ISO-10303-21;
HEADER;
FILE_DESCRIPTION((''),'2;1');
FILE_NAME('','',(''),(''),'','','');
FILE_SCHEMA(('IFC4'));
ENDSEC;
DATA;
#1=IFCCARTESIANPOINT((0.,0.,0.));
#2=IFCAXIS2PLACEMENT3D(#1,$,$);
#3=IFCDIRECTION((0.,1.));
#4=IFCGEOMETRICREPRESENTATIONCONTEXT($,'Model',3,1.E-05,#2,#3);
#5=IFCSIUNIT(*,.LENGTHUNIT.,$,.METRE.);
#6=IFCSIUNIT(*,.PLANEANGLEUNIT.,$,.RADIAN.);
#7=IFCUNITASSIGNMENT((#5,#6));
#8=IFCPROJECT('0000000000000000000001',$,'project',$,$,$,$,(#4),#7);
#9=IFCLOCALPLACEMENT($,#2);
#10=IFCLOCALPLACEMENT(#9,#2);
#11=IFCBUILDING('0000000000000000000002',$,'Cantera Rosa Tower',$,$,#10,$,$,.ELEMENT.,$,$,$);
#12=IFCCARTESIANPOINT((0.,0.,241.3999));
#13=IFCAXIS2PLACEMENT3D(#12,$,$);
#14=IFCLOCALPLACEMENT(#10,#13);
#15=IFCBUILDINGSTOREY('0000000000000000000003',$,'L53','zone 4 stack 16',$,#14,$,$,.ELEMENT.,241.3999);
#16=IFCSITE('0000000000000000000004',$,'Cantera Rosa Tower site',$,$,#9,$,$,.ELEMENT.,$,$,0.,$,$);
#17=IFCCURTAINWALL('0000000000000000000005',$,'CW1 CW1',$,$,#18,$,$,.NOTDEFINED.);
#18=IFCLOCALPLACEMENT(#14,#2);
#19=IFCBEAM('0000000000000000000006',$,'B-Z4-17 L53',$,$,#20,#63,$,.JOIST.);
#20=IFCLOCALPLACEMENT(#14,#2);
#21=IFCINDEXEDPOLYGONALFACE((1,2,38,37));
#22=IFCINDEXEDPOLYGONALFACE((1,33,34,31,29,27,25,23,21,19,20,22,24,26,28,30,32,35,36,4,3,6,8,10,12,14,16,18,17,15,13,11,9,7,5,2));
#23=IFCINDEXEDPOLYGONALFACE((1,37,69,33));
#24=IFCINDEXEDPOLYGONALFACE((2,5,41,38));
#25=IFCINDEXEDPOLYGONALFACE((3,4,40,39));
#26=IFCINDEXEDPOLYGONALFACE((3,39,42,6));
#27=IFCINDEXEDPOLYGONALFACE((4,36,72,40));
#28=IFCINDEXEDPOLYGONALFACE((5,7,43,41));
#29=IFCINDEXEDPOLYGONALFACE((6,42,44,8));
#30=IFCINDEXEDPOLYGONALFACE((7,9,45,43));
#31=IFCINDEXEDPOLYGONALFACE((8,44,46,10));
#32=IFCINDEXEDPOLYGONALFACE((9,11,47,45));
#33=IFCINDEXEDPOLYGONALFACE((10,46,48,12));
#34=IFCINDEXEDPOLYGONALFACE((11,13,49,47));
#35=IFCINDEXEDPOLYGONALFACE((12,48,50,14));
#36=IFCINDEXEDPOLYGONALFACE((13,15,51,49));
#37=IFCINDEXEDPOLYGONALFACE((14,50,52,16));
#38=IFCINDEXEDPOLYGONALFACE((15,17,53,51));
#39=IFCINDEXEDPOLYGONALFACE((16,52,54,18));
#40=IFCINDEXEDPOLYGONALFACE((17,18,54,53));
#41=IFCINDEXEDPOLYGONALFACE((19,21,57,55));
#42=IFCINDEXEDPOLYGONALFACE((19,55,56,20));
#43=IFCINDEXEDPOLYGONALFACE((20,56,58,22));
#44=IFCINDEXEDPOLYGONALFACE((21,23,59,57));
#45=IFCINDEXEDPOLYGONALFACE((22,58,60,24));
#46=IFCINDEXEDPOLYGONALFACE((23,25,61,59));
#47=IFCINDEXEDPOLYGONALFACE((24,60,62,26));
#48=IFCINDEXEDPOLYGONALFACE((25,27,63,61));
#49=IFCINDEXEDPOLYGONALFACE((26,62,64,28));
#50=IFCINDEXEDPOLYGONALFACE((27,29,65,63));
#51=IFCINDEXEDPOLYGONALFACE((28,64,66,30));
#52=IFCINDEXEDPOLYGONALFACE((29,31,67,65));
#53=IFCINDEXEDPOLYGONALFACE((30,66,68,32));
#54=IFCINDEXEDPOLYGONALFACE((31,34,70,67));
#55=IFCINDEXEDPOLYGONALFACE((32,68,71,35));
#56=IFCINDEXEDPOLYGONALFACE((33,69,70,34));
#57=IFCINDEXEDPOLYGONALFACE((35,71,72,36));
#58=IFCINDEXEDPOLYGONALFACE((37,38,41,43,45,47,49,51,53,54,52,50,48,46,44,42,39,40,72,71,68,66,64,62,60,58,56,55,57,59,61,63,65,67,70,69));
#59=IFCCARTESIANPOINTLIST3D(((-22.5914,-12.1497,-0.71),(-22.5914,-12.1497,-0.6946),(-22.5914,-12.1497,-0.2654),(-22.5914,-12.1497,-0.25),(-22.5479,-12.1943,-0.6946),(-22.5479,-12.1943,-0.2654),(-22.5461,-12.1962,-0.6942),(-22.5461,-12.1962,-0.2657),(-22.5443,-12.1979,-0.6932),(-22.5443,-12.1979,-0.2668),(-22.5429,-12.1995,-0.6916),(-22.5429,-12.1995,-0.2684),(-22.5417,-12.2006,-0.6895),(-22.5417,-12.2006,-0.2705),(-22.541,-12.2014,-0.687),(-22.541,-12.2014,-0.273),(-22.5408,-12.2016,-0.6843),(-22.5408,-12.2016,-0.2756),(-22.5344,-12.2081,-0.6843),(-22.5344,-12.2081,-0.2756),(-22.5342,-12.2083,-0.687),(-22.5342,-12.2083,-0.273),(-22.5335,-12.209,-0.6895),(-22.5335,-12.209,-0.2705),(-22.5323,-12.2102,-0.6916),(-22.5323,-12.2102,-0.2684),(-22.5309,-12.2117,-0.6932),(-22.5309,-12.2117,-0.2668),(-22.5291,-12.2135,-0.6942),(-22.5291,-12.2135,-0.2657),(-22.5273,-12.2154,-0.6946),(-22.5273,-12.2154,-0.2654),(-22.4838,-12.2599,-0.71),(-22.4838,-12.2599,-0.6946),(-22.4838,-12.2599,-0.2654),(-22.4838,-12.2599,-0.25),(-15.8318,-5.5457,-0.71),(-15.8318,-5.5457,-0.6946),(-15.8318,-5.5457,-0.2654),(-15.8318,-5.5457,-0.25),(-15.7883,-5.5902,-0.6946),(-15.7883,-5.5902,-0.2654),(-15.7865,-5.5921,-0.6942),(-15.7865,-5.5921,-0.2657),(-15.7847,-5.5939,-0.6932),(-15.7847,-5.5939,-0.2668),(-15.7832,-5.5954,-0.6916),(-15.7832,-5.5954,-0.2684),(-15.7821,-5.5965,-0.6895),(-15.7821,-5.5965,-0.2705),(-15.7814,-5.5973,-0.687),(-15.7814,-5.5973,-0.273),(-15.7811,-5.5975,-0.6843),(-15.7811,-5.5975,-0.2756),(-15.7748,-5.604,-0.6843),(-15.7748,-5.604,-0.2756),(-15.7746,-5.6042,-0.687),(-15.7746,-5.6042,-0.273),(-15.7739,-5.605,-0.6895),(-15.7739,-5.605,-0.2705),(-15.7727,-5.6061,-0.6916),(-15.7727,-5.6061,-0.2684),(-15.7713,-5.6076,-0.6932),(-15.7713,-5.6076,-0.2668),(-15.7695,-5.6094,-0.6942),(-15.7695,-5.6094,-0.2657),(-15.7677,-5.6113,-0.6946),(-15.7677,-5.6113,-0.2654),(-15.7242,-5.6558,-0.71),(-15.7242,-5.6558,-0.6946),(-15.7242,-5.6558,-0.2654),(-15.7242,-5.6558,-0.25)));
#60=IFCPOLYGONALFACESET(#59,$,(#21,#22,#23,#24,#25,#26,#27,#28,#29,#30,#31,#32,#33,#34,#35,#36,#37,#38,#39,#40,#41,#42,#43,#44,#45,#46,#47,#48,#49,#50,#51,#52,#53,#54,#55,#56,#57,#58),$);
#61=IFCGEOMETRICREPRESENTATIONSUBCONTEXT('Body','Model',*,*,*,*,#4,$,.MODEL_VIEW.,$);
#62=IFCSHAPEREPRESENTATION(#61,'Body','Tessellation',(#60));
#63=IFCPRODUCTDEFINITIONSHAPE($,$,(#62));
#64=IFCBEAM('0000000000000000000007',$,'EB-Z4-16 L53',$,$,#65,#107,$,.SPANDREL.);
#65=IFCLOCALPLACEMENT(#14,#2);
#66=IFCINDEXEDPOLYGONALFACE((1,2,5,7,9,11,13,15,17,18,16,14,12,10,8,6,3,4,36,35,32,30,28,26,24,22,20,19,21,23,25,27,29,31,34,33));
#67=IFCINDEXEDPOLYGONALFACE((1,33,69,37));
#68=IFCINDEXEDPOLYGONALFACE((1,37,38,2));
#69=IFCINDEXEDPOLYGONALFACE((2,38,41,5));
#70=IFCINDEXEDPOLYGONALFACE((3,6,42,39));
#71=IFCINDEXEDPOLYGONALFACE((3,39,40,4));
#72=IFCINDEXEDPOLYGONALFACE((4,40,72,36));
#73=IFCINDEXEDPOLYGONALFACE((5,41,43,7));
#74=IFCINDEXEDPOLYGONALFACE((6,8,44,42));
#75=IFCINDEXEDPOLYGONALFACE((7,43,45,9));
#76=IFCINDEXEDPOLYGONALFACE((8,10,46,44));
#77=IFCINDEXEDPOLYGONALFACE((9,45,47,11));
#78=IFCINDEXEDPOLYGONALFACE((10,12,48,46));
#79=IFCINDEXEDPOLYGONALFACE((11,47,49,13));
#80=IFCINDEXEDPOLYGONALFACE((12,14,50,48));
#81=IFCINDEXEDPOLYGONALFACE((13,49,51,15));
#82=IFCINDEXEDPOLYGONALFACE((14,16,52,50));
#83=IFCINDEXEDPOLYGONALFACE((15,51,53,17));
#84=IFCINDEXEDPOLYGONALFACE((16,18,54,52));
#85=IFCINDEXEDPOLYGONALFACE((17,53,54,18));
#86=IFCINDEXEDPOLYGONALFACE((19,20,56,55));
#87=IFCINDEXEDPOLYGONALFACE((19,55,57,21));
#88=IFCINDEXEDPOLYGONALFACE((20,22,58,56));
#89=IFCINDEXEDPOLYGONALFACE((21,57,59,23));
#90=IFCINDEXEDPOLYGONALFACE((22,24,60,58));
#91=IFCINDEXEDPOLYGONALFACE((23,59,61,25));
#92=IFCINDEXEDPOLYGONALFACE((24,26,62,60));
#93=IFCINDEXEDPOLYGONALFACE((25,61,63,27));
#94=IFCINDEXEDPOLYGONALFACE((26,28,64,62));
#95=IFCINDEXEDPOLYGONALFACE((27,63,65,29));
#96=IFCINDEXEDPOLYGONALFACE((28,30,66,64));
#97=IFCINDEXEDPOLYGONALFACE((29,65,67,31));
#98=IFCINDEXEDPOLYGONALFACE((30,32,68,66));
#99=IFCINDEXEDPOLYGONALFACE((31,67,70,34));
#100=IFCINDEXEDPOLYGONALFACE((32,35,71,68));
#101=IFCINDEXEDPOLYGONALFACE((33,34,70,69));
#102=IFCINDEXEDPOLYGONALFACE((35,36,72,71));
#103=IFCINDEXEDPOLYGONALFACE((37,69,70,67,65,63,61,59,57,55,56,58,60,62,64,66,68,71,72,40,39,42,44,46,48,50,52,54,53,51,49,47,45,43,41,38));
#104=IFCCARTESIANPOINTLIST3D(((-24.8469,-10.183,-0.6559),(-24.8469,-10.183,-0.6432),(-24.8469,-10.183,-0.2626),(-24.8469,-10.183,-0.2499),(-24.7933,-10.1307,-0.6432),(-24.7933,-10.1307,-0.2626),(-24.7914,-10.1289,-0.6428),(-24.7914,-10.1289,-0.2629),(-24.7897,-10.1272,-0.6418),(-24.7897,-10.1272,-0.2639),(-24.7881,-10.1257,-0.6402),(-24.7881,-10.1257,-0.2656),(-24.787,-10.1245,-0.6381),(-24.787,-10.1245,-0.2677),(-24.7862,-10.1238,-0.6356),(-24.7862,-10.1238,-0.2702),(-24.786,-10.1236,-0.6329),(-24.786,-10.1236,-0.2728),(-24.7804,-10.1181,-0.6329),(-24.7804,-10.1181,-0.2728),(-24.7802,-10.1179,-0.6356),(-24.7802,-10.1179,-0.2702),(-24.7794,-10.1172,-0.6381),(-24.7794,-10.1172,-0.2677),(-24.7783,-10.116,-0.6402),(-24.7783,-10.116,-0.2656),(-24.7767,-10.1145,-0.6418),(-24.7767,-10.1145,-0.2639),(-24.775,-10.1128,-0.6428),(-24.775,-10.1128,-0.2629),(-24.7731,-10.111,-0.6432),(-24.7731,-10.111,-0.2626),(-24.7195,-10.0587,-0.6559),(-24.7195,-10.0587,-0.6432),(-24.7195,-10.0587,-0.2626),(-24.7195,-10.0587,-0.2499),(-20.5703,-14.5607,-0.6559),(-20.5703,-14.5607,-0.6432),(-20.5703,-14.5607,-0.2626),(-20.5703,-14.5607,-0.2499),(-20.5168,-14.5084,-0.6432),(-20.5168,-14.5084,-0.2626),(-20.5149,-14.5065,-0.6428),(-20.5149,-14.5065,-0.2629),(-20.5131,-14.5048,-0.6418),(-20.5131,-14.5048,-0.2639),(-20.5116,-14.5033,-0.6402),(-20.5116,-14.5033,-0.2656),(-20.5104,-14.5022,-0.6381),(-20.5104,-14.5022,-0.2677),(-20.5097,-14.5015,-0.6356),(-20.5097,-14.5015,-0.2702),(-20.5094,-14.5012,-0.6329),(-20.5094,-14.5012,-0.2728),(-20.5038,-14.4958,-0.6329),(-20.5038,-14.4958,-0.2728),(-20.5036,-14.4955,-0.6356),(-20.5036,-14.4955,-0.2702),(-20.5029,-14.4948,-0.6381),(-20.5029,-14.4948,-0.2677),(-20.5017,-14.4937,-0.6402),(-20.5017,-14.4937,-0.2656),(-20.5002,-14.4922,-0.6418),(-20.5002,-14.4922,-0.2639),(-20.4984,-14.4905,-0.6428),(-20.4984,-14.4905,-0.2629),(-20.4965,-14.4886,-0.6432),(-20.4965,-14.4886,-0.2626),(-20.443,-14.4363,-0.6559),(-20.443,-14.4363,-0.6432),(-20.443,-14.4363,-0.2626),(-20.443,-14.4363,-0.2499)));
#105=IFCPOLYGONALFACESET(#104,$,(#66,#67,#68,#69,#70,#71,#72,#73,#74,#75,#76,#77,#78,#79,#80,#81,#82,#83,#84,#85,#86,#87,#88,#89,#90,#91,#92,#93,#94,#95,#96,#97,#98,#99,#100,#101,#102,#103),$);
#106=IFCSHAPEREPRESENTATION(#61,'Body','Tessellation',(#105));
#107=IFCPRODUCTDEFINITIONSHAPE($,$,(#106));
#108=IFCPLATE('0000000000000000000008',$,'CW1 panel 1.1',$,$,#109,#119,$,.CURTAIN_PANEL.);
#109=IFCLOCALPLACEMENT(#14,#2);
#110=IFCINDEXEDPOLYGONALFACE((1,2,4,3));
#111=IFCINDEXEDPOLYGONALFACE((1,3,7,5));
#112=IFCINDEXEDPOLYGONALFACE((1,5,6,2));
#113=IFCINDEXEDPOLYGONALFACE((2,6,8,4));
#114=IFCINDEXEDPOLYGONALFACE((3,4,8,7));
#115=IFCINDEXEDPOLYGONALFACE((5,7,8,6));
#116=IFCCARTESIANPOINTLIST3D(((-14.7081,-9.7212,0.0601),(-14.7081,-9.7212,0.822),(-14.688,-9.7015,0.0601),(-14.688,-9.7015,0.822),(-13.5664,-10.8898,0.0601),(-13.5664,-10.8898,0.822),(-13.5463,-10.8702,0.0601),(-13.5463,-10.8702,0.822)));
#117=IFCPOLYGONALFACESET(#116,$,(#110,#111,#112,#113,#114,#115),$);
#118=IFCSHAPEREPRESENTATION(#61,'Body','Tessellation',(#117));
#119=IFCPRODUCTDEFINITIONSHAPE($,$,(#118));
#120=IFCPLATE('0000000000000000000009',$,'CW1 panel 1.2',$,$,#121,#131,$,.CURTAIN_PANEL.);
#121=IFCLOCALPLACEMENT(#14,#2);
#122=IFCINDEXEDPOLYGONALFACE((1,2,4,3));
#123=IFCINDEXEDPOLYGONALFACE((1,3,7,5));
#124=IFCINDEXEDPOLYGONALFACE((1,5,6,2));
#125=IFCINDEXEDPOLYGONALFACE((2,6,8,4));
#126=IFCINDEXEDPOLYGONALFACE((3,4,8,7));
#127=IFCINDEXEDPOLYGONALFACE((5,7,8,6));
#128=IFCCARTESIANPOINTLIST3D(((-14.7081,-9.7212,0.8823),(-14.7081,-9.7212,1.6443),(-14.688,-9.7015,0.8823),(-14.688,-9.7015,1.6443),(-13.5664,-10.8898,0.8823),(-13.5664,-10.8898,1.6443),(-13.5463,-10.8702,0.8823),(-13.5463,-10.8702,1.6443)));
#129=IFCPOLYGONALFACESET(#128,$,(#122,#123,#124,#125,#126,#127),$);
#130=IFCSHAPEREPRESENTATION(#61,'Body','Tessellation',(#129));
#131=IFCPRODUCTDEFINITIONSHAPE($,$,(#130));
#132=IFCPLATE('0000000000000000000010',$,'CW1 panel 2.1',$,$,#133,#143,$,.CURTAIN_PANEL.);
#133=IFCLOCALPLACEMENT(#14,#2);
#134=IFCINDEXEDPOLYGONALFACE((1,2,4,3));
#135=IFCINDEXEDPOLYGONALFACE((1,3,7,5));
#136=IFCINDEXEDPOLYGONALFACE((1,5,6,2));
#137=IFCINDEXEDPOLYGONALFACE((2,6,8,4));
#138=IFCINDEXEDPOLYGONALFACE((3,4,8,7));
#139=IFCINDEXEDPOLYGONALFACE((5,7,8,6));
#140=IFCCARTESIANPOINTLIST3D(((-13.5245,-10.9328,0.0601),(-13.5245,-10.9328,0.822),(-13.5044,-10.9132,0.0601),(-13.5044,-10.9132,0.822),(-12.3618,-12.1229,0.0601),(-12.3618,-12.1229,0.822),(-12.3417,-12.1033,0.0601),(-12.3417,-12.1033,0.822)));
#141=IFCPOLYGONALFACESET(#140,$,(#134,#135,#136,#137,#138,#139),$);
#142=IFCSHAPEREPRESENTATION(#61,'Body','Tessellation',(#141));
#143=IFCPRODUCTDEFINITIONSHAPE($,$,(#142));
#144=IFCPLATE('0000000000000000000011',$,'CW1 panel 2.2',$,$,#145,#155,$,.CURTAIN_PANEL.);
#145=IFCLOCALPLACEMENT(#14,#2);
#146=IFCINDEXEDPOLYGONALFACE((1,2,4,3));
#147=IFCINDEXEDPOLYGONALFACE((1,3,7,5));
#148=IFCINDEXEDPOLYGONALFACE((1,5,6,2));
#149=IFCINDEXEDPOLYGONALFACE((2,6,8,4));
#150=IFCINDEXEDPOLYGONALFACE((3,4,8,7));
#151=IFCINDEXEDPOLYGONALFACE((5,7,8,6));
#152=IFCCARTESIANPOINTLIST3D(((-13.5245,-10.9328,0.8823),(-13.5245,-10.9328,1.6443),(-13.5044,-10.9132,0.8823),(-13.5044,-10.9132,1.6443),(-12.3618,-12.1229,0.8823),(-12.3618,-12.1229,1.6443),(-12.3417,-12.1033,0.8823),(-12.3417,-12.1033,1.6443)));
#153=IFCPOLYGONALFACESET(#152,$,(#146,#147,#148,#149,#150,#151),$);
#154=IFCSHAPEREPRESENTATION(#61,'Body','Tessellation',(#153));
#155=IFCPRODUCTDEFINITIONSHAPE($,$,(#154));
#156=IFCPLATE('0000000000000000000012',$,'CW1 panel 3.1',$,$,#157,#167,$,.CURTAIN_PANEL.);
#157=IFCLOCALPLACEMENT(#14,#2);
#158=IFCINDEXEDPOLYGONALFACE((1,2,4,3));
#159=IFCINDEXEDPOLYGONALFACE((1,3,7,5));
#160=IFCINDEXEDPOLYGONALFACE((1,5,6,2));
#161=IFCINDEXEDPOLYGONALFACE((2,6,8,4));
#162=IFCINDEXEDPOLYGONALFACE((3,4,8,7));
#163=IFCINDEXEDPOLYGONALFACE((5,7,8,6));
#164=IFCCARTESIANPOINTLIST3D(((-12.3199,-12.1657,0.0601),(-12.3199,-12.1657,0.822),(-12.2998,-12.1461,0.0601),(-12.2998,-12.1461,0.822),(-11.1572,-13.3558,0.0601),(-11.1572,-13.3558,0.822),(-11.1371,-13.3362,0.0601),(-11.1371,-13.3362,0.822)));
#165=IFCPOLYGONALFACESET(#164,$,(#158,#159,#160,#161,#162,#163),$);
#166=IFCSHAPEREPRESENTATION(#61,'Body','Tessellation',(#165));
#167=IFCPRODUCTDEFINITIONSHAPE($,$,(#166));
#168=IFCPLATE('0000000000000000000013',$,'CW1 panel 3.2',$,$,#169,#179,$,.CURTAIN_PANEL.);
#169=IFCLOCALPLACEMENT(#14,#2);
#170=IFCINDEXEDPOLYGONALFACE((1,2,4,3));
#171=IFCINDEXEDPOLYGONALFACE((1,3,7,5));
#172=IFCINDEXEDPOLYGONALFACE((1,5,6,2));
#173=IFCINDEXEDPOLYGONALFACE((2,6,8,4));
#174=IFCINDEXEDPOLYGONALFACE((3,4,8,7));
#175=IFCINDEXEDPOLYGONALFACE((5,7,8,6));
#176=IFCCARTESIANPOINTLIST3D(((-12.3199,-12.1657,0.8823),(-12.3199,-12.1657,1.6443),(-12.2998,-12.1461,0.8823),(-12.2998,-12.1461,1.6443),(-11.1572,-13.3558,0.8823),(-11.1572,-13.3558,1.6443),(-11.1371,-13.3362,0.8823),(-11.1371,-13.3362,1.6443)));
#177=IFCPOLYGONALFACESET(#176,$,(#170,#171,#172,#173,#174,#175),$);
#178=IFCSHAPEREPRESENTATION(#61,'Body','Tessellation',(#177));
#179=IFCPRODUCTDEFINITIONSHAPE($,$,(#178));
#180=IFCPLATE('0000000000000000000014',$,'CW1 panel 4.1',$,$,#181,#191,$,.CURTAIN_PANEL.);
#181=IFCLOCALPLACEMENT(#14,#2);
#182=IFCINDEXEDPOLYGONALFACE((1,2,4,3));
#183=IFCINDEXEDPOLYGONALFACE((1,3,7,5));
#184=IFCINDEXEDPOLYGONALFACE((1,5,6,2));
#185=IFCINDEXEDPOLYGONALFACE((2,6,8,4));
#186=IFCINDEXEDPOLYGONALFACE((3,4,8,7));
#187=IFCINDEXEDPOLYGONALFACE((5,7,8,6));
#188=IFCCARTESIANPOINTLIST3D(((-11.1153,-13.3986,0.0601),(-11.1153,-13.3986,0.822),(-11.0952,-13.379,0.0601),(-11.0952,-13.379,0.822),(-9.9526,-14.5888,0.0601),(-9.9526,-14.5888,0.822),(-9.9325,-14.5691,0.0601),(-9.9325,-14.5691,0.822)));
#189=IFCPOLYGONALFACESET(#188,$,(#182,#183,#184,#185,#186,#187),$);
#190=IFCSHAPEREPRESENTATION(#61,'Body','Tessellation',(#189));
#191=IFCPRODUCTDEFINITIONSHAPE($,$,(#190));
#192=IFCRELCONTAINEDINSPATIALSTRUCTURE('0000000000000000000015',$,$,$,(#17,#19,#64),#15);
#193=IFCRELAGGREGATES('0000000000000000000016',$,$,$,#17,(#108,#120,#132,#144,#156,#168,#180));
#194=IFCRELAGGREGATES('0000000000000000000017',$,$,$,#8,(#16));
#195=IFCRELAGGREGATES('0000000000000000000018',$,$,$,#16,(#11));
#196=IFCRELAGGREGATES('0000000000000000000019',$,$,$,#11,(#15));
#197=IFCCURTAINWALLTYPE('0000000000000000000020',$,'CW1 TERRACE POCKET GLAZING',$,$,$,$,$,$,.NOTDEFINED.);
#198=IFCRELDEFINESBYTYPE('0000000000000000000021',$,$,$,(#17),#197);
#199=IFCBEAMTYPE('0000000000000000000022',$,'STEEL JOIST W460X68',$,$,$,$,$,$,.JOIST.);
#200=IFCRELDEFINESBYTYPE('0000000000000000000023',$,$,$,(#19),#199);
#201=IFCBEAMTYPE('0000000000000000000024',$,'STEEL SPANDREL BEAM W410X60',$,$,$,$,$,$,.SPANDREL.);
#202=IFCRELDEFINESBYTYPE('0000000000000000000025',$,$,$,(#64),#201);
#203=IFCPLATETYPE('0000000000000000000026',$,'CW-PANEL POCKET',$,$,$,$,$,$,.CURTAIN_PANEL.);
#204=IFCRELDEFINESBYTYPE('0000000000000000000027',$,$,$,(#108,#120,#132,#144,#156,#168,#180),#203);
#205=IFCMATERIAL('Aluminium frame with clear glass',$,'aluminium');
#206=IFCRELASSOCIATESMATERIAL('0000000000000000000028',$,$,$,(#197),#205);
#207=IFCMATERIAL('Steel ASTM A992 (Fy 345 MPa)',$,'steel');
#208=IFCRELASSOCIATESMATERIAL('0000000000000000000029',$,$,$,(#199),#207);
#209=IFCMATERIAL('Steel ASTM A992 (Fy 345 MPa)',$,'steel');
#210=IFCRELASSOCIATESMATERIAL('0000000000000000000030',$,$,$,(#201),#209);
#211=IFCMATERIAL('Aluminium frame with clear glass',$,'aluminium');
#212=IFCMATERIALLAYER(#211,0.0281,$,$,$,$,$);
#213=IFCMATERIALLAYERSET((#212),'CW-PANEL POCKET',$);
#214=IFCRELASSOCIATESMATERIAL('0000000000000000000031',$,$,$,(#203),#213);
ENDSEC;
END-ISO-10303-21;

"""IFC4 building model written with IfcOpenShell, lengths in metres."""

from ifc_helpers import new_model, si_unit, direction, frame, origin, origin_2d, place, context, subcontext, project, spatial, rectangle, i_section, extrude, material, layer, layer_set, material_profile, profile_set, type_object, element, aggregate, save


model = new_model("IFC4")

# Units and contexts
model_context = context("Model", 3, precision=1e-05, world=origin(), true_north=direction((0.0, 1.0)))
body_context = subcontext(model_context, "Body", "Model", "MODEL_VIEW")
ifc_project = project(units=[si_unit("LENGTHUNIT", "METRE"), si_unit("PLANEANGLEUNIT", "RADIAN")], contexts=[model_context])

# Site, building, storey
site_placement = place(None, origin())
site = spatial("IfcSite", under=ifc_project, at=site_placement, Name="Cantera Rosa Tower site", CompositionType="ELEMENT", RefElevation=0.0)
building_placement = place(site_placement, origin())
building = spatial("IfcBuilding", under=site, at=building_placement, Name="Cantera Rosa Tower", CompositionType="ELEMENT")
storey_placement = place(building_placement, frame((0.0, 0.0, 241.3999)))
storey = spatial("IfcBuildingStorey", under=building, at=storey_placement, Name="L53", Description="zone 4 stack 16", CompositionType="ELEMENT", Elevation=241.3999)

# Curtain wall
ifc_material_1 = material(Name="Aluminium frame with clear glass", Category="aluminium")
curtain_wall_type = type_object("IfcCurtainWallType", Name="CW1 TERRACE POCKET GLAZING", PredefinedType="NOTDEFINED", material=ifc_material_1)
curtain_wall_placement = place(storey_placement, origin())
curtain_wall = element("IfcCurtainWall", 1, at=curtain_wall_placement, inside=storey, type_object=curtain_wall_type, Name="CW1 CW1", PredefinedType="NOTDEFINED")

# Beams
ifc_material_2 = material(Name="Steel ASTM A992 (Fy 345 MPa)", Category="steel")
ifc_material_profile_1 = material_profile(ifc_material_2, i_section(OverallWidth=0.1541, OverallDepth=0.46, WebThickness=0.009, FlangeThickness=0.0154, FilletRadius=0.0103, at=origin_2d()), Name="W460X68")
ifc_profile_set_1 = profile_set([ifc_material_profile_1], Name="Steel ASTM A992 (Fy 345 MPa)")
beam_type_1 = type_object("IfcBeamType", Name="STEEL JOIST W460X68", PredefinedType="JOIST", material=ifc_profile_set_1)
beam_1_placement = place(storey_placement, frame((-22.5376, -12.2048, -0.48), z_axis=(0.715287, 0.698831, 0.0), x_axis=(-0.698831, 0.715287, 0.0)))
element("IfcBeam", 2, at=beam_1_placement, inside=storey, type_object=beam_type_1, Name="B-Z4-17 L53", PredefinedType="JOIST", context=body_context, shape_type="SweptSolid", body=[
    extrude(i_section(OverallWidth=0.1541, OverallDepth=0.46, WebThickness=0.009, FlangeThickness=0.0154, FilletRadius=0.0103, at=origin_2d()), origin(), (0.0, 0.0, 1.0), 9.4502),
])
ifc_material_3 = material(Name="Steel ASTM A992 (Fy 345 MPa)", Category="steel")
ifc_material_profile_2 = material_profile(ifc_material_3, i_section(OverallWidth=0.178, OverallDepth=0.406, WebThickness=0.0078, FlangeThickness=0.0127, FilletRadius=0.0103, at=origin_2d()), Name="W410X60")
ifc_profile_set_2 = profile_set([ifc_material_profile_2], Name="Steel ASTM A992 (Fy 345 MPa)")
beam_type_2 = type_object("IfcBeamType", Name="STEEL SPANDREL BEAM W410X60", PredefinedType="SPANDREL", material=ifc_profile_set_2)
beam_2_placement = place(storey_placement, frame((-24.7832, -10.1208, -0.4529), z_axis=(0.698801, -0.715316, 0.0), x_axis=(0.715316, 0.698801, 0.0)))
element("IfcBeam", 3, at=beam_2_placement, inside=storey, type_object=beam_type_2, Name="EB-Z4-16 L53", PredefinedType="SPANDREL", context=body_context, shape_type="SweptSolid", body=[
    extrude(i_section(OverallWidth=0.178, OverallDepth=0.406, WebThickness=0.0078, FlangeThickness=0.0127, FilletRadius=0.0103, at=origin_2d()), origin(), (0.0, 0.0, 1.0), 6.1199),
])

# Plates
ifc_material_4 = material(Name="Aluminium frame with clear glass", Category="aluminium")
ifc_layer_1 = layer(ifc_material_4, 0.0281)
ifc_layer_set_1 = layer_set([ifc_layer_1], Name="CW-PANEL POCKET")
plate_type_1 = type_object("IfcPlateType", Name="CW-PANEL POCKET", PredefinedType="CURTAIN_PANEL", material=ifc_layer_set_1)
plate_1_placement = place(storey_placement, frame((-14.1272, -10.2957, 0.0601), z_axis=(0.0, 0.0, 1.0), x_axis=(0.698832, -0.715286, 0.0)))
plate_1 = element("IfcPlate", 4, at=plate_1_placement, type_object=plate_type_1, Name="CW1 panel 1.1", PredefinedType="CURTAIN_PANEL", context=body_context, shape_type="SweptSolid", body=[
    extrude(rectangle(XDim=1.6338, YDim=0.0281, at=origin_2d()), origin(), (0.0, 0.0, 1.0), 0.762),
])
plate_2_placement = place(storey_placement, frame((-14.1272, -10.2957, 0.8823), z_axis=(0.0, 0.0, 1.0), x_axis=(0.698832, -0.715286, 0.0)))
plate_2 = element("IfcPlate", 5, at=plate_2_placement, type_object=plate_type_1, Name="CW1 panel 1.2", PredefinedType="CURTAIN_PANEL", context=body_context, shape_type="SweptSolid", body=[
    extrude(rectangle(XDim=1.6338, YDim=0.0281, at=origin_2d()), origin(), (0.0, 0.0, 1.0), 0.762),
])
plate_3_placement = place(storey_placement, frame((-12.9331, -11.5181, 0.0601), z_axis=(0.0, 0.0, 1.0), x_axis=(0.698832, -0.715286, 0.0)))
plate_3 = element("IfcPlate", 6, at=plate_3_placement, type_object=plate_type_1, Name="CW1 panel 2.1", PredefinedType="CURTAIN_PANEL", context=body_context, shape_type="SweptSolid", body=[
    extrude(rectangle(XDim=1.6638, YDim=0.0281, at=origin_2d()), origin(), (0.0, 0.0, 1.0), 0.762),
])
plate_4_placement = place(storey_placement, frame((-12.9331, -11.5181, 0.8823), z_axis=(0.0, 0.0, 1.0), x_axis=(0.698832, -0.715286, 0.0)))
plate_4 = element("IfcPlate", 7, at=plate_4_placement, type_object=plate_type_1, Name="CW1 panel 2.2", PredefinedType="CURTAIN_PANEL", context=body_context, shape_type="SweptSolid", body=[
    extrude(rectangle(XDim=1.6638, YDim=0.0281, at=origin_2d()), origin(), (0.0, 0.0, 1.0), 0.762),
])
plate_5_placement = place(storey_placement, frame((-11.7285, -12.751, 0.0601), z_axis=(0.0, 0.0, 1.0), x_axis=(0.698832, -0.715286, 0.0)))
plate_5 = element("IfcPlate", 8, at=plate_5_placement, type_object=plate_type_1, Name="CW1 panel 3.1", PredefinedType="CURTAIN_PANEL", context=body_context, shape_type="SweptSolid", body=[
    extrude(rectangle(XDim=1.6638, YDim=0.0281, at=origin_2d()), origin(), (0.0, 0.0, 1.0), 0.762),
])
plate_6_placement = place(storey_placement, frame((-11.7285, -12.751, 0.8823), z_axis=(0.0, 0.0, 1.0), x_axis=(0.698832, -0.715286, 0.0)))
plate_6 = element("IfcPlate", 9, at=plate_6_placement, type_object=plate_type_1, Name="CW1 panel 3.2", PredefinedType="CURTAIN_PANEL", context=body_context, shape_type="SweptSolid", body=[
    extrude(rectangle(XDim=1.6638, YDim=0.0281, at=origin_2d()), origin(), (0.0, 0.0, 1.0), 0.762),
])
plate_7_placement = place(storey_placement, frame((-10.5239, -13.9839, 0.0601), z_axis=(0.0, 0.0, 1.0), x_axis=(0.698832, -0.715286, 0.0)))
plate_7 = element("IfcPlate", 10, at=plate_7_placement, type_object=plate_type_1, Name="CW1 panel 4.1", PredefinedType="CURTAIN_PANEL", context=body_context, shape_type="SweptSolid", body=[
    extrude(rectangle(XDim=1.6638, YDim=0.0281, at=origin_2d()), origin(), (0.0, 0.0, 1.0), 0.762),
])
aggregate(curtain_wall, [plate_1, plate_2, plate_3, plate_4, plate_5, plate_6, plate_7])

save(model, "model.ifc")
